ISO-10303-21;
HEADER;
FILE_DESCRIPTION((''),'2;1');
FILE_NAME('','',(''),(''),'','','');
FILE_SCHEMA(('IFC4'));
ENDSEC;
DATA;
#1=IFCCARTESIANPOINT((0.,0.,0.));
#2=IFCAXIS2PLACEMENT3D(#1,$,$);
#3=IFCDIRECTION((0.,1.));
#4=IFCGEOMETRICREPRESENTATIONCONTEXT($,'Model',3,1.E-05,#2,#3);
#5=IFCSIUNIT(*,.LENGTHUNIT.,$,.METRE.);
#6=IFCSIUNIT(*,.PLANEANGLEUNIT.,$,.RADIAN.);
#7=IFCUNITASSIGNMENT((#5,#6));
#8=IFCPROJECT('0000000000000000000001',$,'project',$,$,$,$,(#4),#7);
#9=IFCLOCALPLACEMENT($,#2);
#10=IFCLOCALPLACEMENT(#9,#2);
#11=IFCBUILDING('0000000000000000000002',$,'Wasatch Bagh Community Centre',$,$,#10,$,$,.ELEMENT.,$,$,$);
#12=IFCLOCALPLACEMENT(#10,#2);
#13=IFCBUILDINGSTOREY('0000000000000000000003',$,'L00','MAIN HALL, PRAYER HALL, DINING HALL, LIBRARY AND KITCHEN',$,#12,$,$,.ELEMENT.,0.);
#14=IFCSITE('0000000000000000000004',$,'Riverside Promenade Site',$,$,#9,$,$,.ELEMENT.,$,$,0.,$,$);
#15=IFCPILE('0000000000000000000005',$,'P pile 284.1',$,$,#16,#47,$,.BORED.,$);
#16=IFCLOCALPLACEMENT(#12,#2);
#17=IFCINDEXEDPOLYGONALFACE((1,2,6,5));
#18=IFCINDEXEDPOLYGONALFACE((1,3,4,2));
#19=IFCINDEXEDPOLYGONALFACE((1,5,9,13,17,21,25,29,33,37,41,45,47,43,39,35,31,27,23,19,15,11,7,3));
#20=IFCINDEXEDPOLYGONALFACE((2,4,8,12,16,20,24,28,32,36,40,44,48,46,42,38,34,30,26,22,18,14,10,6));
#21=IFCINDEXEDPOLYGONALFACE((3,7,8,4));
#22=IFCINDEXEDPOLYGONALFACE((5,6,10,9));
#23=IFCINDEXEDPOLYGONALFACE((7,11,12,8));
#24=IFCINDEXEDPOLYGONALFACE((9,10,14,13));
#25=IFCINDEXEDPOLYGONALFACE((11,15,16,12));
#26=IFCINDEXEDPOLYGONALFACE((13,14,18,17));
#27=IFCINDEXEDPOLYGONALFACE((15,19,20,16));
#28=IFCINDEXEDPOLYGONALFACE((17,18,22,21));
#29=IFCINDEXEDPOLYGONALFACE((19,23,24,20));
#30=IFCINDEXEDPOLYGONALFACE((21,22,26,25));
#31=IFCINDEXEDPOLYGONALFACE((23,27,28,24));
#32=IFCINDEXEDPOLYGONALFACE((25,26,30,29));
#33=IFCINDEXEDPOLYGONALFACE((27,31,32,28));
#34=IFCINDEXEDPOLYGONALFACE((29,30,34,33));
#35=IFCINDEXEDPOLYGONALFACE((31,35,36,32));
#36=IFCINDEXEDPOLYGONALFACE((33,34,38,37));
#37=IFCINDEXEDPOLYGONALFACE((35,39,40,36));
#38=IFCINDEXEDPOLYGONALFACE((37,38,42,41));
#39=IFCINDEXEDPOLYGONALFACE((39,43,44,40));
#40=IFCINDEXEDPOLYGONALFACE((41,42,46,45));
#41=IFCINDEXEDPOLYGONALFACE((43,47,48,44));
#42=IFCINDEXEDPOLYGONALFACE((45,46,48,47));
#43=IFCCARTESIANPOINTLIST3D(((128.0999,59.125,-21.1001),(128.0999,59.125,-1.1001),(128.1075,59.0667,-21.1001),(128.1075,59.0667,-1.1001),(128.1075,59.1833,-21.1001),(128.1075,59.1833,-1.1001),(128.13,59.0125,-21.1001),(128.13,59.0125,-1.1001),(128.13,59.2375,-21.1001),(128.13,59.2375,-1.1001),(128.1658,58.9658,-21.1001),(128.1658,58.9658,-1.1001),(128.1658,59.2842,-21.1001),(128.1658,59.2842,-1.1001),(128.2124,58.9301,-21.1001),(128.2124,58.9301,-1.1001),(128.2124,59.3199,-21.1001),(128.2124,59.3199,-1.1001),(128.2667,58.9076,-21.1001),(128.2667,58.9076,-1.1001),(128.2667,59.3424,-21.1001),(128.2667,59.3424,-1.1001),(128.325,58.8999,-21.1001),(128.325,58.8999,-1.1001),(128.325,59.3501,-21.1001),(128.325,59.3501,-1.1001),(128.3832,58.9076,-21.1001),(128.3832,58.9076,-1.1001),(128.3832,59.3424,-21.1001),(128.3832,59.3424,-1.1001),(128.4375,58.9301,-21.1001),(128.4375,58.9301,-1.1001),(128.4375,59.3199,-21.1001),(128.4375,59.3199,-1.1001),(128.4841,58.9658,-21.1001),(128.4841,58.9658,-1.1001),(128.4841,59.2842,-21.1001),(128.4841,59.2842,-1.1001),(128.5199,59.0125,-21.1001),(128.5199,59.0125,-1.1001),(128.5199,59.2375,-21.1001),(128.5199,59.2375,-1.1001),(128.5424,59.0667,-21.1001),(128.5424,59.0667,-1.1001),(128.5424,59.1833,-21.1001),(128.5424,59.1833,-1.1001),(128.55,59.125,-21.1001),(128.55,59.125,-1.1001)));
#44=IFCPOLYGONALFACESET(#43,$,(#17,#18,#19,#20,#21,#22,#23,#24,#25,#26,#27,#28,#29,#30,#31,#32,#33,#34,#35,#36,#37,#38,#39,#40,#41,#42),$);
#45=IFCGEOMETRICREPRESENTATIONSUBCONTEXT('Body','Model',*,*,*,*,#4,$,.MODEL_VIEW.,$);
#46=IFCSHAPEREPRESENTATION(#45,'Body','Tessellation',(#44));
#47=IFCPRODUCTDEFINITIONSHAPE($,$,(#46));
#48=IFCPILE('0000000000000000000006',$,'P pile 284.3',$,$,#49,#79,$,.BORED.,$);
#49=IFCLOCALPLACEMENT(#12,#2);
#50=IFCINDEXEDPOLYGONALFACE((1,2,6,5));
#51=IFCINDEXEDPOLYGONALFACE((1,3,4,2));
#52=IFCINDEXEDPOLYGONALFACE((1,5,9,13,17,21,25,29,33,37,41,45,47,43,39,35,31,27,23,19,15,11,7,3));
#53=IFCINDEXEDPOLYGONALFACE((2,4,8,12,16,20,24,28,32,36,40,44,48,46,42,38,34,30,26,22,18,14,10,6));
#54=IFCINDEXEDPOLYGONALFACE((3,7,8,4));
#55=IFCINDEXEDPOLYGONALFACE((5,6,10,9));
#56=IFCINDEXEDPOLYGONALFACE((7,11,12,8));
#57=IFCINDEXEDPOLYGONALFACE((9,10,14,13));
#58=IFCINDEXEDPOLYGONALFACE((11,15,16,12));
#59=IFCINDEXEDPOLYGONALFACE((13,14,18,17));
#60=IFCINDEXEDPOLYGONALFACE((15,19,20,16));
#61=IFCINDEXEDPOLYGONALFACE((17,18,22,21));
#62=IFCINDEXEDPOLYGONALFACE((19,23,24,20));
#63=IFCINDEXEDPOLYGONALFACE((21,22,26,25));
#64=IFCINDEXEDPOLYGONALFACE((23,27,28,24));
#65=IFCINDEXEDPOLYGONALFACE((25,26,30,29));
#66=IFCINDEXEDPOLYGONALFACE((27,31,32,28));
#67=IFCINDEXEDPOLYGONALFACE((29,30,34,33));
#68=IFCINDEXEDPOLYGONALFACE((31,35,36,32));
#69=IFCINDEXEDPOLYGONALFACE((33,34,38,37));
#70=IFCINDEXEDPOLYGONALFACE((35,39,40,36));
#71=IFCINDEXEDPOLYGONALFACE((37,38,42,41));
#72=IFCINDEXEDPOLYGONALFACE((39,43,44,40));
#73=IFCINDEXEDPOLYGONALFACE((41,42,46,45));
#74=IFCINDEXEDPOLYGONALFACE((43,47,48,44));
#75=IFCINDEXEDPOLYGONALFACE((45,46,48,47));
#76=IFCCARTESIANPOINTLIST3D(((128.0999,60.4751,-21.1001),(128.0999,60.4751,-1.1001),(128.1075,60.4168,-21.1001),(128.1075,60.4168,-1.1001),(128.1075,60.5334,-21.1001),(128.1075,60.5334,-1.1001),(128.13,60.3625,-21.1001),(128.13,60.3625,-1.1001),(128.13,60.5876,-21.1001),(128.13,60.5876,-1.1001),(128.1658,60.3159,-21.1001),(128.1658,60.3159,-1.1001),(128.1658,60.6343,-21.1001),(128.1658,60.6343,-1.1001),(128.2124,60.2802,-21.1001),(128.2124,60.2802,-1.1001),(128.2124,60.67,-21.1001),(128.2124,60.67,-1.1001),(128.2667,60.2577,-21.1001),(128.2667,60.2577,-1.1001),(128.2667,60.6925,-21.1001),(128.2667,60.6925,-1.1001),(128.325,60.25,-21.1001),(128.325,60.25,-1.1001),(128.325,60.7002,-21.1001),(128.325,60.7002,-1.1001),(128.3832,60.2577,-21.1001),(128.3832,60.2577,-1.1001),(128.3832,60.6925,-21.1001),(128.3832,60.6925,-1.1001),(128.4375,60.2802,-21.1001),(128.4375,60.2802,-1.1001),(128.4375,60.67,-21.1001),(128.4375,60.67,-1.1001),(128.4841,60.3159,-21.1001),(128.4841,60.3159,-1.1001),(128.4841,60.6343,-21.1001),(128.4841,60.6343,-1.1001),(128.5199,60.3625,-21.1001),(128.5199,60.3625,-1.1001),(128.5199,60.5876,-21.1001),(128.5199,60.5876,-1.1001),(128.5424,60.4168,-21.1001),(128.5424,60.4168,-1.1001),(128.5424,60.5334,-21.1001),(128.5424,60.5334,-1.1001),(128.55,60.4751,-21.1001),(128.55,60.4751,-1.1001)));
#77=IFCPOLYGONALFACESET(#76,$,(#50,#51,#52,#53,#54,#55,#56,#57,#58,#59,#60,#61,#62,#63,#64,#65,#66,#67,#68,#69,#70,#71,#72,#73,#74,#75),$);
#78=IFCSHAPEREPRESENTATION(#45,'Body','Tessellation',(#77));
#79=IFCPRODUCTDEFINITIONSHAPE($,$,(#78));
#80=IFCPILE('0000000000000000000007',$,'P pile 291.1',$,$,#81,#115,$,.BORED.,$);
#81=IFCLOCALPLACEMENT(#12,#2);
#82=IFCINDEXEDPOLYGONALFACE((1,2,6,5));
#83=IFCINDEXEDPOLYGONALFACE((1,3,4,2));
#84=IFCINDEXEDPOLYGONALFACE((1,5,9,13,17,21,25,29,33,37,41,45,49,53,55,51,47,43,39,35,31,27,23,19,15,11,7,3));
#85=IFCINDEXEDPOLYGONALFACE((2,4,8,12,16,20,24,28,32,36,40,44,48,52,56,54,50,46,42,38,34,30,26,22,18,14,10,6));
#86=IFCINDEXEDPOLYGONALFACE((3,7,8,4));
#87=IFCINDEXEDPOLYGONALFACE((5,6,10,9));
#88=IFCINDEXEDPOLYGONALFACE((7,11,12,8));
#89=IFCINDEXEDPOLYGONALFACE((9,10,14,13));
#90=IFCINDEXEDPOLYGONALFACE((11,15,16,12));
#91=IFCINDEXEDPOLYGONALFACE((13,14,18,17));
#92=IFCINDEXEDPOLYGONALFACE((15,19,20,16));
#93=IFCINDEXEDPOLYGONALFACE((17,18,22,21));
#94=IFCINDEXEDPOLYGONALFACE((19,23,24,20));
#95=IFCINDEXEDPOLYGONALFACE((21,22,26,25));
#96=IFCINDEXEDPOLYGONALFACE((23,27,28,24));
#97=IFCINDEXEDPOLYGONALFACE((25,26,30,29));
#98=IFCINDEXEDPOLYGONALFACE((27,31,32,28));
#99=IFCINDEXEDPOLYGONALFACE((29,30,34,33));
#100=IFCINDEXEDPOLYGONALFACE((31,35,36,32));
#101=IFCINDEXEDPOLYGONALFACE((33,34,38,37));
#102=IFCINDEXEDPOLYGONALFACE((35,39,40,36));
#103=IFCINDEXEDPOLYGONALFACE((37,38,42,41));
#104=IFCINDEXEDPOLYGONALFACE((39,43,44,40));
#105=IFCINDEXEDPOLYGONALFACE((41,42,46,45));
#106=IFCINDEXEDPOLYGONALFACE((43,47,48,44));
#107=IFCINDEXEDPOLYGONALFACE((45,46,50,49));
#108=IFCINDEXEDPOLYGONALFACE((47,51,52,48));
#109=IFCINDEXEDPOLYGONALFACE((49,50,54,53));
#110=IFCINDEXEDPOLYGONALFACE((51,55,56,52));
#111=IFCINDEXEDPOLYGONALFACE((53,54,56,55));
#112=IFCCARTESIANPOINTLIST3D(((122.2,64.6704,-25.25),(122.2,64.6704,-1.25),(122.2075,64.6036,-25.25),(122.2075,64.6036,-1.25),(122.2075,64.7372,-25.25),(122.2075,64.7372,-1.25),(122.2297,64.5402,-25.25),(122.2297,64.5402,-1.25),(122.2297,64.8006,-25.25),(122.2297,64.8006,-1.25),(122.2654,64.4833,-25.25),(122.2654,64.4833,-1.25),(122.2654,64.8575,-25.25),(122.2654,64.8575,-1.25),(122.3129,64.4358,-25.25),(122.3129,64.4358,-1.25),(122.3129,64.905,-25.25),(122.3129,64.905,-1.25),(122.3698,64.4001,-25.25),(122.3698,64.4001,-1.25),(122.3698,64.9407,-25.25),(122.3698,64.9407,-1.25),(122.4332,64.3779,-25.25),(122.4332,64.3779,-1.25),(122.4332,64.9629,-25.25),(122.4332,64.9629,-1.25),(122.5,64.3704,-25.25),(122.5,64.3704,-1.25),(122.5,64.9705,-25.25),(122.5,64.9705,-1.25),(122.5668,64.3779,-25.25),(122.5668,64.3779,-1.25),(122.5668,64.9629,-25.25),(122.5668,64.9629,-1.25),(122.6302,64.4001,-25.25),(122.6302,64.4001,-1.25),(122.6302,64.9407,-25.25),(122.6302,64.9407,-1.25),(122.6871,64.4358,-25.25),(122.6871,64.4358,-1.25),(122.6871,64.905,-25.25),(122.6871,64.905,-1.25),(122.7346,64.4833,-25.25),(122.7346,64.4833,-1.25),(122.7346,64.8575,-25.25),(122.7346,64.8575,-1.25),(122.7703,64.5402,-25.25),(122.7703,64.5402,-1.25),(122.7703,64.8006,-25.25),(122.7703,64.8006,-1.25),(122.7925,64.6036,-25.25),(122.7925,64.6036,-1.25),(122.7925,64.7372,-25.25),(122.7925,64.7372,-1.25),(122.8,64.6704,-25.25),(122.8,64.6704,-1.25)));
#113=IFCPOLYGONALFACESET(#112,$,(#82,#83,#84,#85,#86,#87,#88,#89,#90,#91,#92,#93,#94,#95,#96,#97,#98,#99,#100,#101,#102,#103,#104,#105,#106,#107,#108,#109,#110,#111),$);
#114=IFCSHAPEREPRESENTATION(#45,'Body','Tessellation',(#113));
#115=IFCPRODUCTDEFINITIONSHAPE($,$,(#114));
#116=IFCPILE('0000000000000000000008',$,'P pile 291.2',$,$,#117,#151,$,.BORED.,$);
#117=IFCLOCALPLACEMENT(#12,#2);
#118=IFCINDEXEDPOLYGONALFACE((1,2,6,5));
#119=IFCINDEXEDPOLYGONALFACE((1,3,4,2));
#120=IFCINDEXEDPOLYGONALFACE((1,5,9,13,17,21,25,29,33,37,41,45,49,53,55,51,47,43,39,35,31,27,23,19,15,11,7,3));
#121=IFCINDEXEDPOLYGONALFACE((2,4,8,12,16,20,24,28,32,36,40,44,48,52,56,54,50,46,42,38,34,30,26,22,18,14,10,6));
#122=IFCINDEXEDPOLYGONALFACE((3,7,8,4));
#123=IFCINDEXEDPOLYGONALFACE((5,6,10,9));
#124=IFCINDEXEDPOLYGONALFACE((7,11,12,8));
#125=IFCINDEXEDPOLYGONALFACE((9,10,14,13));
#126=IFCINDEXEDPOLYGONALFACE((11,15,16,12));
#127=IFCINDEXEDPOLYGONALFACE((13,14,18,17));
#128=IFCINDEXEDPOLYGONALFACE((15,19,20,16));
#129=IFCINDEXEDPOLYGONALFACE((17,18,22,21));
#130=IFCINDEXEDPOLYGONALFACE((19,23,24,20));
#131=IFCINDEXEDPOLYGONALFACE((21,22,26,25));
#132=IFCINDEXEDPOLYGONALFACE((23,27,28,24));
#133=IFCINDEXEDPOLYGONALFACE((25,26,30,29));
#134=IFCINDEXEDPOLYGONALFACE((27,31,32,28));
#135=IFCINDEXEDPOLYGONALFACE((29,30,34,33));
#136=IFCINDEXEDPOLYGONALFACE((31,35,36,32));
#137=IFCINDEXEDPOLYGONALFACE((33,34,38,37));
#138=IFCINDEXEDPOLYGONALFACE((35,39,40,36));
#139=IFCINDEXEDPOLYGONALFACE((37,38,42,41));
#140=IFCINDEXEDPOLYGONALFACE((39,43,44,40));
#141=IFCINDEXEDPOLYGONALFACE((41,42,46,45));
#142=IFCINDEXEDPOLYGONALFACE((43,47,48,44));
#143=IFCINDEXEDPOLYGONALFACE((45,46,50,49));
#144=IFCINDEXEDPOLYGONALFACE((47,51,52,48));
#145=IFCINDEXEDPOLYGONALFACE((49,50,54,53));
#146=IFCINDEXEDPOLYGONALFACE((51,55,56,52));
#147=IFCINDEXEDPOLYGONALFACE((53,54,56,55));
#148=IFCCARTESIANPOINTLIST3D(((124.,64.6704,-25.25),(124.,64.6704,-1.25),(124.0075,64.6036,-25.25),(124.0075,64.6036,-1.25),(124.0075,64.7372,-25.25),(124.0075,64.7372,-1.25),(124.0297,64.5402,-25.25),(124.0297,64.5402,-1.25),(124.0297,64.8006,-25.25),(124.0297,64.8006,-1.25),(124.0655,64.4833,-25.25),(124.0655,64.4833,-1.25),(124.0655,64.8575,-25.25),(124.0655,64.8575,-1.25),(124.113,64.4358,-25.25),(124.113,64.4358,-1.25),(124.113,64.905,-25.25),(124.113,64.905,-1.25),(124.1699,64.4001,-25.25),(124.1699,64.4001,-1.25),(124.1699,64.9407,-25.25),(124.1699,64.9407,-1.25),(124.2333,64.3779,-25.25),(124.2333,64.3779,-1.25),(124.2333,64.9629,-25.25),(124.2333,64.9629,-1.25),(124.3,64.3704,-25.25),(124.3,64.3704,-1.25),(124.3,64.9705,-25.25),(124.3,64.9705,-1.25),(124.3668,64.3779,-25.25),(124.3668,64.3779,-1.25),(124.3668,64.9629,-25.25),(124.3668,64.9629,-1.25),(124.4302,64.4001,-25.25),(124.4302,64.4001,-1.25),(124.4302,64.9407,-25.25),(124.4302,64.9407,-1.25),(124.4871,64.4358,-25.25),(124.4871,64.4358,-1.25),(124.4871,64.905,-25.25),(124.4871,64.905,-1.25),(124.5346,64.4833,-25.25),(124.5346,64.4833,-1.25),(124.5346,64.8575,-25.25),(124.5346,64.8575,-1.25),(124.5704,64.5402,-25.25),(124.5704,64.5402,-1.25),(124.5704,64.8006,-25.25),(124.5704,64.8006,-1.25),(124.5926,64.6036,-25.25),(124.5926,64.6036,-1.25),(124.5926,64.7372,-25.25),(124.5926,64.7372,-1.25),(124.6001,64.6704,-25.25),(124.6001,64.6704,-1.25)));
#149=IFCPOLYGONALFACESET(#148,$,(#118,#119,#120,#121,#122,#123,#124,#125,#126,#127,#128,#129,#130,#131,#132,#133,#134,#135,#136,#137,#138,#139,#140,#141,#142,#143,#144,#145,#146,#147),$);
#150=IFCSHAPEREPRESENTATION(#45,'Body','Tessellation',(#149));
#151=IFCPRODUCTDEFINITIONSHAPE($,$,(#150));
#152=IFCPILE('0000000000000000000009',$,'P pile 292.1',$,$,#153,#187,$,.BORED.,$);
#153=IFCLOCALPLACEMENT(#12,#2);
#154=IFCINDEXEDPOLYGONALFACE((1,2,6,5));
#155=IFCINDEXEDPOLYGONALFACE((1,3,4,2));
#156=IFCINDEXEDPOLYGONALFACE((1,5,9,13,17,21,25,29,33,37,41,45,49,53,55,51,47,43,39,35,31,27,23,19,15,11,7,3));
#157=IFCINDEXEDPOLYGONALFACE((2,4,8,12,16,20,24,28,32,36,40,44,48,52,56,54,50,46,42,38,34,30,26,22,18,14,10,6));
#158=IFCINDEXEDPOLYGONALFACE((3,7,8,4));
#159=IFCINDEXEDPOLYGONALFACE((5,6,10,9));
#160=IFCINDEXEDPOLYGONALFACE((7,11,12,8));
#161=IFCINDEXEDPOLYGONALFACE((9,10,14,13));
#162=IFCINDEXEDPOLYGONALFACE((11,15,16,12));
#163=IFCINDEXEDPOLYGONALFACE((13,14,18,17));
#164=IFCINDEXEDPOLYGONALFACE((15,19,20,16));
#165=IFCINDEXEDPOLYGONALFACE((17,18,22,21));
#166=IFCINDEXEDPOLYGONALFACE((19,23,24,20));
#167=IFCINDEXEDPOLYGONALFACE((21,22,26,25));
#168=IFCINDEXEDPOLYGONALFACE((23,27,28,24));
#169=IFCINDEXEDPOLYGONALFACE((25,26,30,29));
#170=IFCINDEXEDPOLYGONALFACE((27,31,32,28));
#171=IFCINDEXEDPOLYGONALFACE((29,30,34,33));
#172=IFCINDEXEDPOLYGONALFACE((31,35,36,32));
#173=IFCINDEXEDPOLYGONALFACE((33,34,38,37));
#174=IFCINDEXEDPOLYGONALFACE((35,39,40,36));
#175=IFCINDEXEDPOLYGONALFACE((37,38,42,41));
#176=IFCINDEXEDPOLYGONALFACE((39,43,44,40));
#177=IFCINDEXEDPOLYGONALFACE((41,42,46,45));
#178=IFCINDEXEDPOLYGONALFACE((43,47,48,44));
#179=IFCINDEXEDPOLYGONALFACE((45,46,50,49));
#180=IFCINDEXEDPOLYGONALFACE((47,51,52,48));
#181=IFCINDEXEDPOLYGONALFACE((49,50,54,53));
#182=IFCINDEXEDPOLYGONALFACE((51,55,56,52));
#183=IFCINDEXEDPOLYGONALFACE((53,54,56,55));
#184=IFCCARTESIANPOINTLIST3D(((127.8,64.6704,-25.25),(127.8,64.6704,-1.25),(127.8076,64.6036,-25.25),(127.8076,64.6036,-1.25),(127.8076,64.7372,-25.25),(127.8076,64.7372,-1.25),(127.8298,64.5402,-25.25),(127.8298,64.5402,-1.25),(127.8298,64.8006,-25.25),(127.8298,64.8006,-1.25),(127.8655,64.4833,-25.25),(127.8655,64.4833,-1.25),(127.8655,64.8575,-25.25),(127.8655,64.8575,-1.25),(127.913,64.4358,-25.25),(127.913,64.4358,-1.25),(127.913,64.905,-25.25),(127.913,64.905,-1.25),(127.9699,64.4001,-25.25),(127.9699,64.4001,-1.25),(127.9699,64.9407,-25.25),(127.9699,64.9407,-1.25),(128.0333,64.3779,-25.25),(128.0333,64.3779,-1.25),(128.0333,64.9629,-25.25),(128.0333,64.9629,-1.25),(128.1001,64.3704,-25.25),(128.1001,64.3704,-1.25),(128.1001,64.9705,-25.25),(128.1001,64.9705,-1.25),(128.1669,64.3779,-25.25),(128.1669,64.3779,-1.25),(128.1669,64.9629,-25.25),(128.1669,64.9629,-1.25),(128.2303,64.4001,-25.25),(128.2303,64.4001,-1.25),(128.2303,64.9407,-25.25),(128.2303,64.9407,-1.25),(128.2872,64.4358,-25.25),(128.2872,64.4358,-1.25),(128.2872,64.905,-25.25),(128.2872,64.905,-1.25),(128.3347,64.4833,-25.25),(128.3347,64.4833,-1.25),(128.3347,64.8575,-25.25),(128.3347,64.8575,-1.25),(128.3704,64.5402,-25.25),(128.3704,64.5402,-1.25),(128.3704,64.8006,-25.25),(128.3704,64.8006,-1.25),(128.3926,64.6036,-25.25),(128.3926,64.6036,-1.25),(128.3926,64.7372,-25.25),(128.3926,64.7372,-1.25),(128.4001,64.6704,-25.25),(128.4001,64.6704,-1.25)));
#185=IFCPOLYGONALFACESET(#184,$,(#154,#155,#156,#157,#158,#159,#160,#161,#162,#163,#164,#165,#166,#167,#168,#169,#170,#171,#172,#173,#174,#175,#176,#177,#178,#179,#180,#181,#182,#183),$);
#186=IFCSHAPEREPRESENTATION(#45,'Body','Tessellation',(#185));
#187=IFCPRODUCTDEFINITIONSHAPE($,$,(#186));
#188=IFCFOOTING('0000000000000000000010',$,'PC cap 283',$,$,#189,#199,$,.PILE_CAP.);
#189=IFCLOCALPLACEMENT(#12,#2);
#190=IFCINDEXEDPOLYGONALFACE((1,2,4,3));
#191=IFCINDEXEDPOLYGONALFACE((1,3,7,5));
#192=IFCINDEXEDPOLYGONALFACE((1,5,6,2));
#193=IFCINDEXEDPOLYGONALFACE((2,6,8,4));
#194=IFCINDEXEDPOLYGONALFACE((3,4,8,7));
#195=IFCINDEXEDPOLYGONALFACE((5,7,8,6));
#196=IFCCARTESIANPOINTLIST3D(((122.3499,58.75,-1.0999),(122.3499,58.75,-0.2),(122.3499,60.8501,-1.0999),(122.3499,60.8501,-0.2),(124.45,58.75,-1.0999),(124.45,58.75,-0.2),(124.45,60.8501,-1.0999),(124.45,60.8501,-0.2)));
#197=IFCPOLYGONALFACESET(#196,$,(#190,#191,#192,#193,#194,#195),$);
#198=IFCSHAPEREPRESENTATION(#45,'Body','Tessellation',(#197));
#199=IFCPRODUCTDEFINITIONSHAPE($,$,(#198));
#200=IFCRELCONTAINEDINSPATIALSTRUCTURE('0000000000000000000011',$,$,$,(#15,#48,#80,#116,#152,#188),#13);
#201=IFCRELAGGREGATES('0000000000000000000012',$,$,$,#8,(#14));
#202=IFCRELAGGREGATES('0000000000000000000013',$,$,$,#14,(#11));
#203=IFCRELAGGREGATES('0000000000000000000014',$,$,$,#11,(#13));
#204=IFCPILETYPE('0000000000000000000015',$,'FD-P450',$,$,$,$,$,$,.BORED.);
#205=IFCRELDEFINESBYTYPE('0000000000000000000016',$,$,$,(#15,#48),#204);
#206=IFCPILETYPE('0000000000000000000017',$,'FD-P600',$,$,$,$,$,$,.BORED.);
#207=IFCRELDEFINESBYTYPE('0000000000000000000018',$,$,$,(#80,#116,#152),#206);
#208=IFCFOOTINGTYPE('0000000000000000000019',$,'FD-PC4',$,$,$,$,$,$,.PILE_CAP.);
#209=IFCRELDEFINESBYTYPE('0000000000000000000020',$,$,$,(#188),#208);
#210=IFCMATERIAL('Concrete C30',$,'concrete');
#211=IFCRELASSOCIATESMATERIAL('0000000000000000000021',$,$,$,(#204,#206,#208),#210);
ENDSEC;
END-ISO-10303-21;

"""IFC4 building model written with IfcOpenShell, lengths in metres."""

from ifc_helpers import new_model, si_unit, direction, frame, origin, origin_2d, place, context, subcontext, project, spatial, rectangle, circle, extrude, material, material_profile, profile_set, type_object, element, save


model = new_model("IFC4")

# Units and contexts
model_context = context("Model", 3, precision=1e-05, world=origin(), true_north=direction((0.0, 1.0)))
body_context = subcontext(model_context, "Body", "Model", "MODEL_VIEW")
ifc_project = project(units=[si_unit("LENGTHUNIT", "METRE"), si_unit("PLANEANGLEUNIT", "RADIAN")], contexts=[model_context])

# Site, building, storey
site_placement = place(None, origin())
site = spatial("IfcSite", under=ifc_project, at=site_placement, Name="Riverside Promenade Site", CompositionType="ELEMENT", RefElevation=0.0)
building_placement = place(site_placement, origin())
building = spatial("IfcBuilding", under=site, at=building_placement, Name="Wasatch Bagh Community Centre", CompositionType="ELEMENT")
storey_placement = place(building_placement, origin())
storey = spatial("IfcBuildingStorey", under=building, at=storey_placement, Name="L00", Description="MAIN HALL, PRAYER HALL, DINING HALL, LIBRARY AND KITCHEN", CompositionType="ELEMENT", Elevation=0.0)

# Piles
ifc_material_1 = material(Name="Concrete C30", Category="concrete")
ifc_material_profile_1 = material_profile(ifc_material_1, circle(Radius=0.2251, at=origin_2d()), Name="RC D450")
ifc_profile_set_1 = profile_set([ifc_material_profile_1], Name="Concrete C30")
pile_type_1 = type_object("IfcPileType", Name="FD-P450", PredefinedType="BORED", material=ifc_profile_set_1)
for number, where, z_axis, x_axis, name in (
    (1, (128.325, 59.125, -1.1001), (0.0, 0.0, -1.0), (1.0, 0.0, 0.0), "P pile 284.1"),
    (2, (128.325, 60.4751, -1.1001), (0.0, 0.0, -1.0), (1.0, 0.0, 0.0), "P pile 284.3"),
):
    element("IfcPile", number, at=place(storey_placement, frame(where, z_axis=z_axis, x_axis=x_axis)), inside=storey, type_object=pile_type_1, Name=name, PredefinedType="BORED", context=body_context, shape_type="SweptSolid", body=[
        extrude(circle(Radius=0.2251, at=origin_2d()), origin(), (0.0, 0.0, 1.0), 20.0),
    ])
ifc_material_profile_2 = material_profile(ifc_material_1, circle(Radius=0.3, at=origin_2d()), Name="RC D600")
ifc_profile_set_2 = profile_set([ifc_material_profile_2], Name="Concrete C30")
pile_type_2 = type_object("IfcPileType", Name="FD-P600", PredefinedType="BORED", material=ifc_profile_set_2)
for number, where, z_axis, x_axis, name in (
    (3, (122.5, 64.6704, -1.25), (0.0, 0.0, -1.0), (1.0, 0.0, 0.0), "P pile 291.1"),
    (4, (124.3, 64.6704, -1.25), (0.0, 0.0, -1.0), (1.0, 0.0, 0.0), "P pile 291.2"),
    (5, (128.1001, 64.6704, -1.25), (0.0, 0.0, -1.0), (1.0, 0.0, 0.0), "P pile 292.1"),
):
    element("IfcPile", number, at=place(storey_placement, frame(where, z_axis=z_axis, x_axis=x_axis)), inside=storey, type_object=pile_type_2, Name=name, PredefinedType="BORED", context=body_context, shape_type="SweptSolid", body=[
        extrude(circle(Radius=0.3, at=origin_2d()), origin(), (0.0, 0.0, 1.0), 24.0),
    ])

# Footing
footing_type_1 = type_object("IfcFootingType", Name="FD-PC4", PredefinedType="PILE_CAP", material=ifc_material_1)
footing_1_placement = place(storey_placement, frame((123.3999, 59.8, -1.0999), z_axis=(0.0, 0.0, 1.0), x_axis=(1.0, 0.0, 0.0)))
element("IfcFooting", 6, at=footing_1_placement, inside=storey, type_object=footing_type_1, Name="PC cap 283", PredefinedType="PILE_CAP", context=body_context, shape_type="SweptSolid", body=[
    extrude(rectangle(XDim=2.1001, YDim=2.1001, at=origin_2d()), origin(), (0.0, 0.0, 1.0), 0.8999),
])

save(model, "model.ifc")
